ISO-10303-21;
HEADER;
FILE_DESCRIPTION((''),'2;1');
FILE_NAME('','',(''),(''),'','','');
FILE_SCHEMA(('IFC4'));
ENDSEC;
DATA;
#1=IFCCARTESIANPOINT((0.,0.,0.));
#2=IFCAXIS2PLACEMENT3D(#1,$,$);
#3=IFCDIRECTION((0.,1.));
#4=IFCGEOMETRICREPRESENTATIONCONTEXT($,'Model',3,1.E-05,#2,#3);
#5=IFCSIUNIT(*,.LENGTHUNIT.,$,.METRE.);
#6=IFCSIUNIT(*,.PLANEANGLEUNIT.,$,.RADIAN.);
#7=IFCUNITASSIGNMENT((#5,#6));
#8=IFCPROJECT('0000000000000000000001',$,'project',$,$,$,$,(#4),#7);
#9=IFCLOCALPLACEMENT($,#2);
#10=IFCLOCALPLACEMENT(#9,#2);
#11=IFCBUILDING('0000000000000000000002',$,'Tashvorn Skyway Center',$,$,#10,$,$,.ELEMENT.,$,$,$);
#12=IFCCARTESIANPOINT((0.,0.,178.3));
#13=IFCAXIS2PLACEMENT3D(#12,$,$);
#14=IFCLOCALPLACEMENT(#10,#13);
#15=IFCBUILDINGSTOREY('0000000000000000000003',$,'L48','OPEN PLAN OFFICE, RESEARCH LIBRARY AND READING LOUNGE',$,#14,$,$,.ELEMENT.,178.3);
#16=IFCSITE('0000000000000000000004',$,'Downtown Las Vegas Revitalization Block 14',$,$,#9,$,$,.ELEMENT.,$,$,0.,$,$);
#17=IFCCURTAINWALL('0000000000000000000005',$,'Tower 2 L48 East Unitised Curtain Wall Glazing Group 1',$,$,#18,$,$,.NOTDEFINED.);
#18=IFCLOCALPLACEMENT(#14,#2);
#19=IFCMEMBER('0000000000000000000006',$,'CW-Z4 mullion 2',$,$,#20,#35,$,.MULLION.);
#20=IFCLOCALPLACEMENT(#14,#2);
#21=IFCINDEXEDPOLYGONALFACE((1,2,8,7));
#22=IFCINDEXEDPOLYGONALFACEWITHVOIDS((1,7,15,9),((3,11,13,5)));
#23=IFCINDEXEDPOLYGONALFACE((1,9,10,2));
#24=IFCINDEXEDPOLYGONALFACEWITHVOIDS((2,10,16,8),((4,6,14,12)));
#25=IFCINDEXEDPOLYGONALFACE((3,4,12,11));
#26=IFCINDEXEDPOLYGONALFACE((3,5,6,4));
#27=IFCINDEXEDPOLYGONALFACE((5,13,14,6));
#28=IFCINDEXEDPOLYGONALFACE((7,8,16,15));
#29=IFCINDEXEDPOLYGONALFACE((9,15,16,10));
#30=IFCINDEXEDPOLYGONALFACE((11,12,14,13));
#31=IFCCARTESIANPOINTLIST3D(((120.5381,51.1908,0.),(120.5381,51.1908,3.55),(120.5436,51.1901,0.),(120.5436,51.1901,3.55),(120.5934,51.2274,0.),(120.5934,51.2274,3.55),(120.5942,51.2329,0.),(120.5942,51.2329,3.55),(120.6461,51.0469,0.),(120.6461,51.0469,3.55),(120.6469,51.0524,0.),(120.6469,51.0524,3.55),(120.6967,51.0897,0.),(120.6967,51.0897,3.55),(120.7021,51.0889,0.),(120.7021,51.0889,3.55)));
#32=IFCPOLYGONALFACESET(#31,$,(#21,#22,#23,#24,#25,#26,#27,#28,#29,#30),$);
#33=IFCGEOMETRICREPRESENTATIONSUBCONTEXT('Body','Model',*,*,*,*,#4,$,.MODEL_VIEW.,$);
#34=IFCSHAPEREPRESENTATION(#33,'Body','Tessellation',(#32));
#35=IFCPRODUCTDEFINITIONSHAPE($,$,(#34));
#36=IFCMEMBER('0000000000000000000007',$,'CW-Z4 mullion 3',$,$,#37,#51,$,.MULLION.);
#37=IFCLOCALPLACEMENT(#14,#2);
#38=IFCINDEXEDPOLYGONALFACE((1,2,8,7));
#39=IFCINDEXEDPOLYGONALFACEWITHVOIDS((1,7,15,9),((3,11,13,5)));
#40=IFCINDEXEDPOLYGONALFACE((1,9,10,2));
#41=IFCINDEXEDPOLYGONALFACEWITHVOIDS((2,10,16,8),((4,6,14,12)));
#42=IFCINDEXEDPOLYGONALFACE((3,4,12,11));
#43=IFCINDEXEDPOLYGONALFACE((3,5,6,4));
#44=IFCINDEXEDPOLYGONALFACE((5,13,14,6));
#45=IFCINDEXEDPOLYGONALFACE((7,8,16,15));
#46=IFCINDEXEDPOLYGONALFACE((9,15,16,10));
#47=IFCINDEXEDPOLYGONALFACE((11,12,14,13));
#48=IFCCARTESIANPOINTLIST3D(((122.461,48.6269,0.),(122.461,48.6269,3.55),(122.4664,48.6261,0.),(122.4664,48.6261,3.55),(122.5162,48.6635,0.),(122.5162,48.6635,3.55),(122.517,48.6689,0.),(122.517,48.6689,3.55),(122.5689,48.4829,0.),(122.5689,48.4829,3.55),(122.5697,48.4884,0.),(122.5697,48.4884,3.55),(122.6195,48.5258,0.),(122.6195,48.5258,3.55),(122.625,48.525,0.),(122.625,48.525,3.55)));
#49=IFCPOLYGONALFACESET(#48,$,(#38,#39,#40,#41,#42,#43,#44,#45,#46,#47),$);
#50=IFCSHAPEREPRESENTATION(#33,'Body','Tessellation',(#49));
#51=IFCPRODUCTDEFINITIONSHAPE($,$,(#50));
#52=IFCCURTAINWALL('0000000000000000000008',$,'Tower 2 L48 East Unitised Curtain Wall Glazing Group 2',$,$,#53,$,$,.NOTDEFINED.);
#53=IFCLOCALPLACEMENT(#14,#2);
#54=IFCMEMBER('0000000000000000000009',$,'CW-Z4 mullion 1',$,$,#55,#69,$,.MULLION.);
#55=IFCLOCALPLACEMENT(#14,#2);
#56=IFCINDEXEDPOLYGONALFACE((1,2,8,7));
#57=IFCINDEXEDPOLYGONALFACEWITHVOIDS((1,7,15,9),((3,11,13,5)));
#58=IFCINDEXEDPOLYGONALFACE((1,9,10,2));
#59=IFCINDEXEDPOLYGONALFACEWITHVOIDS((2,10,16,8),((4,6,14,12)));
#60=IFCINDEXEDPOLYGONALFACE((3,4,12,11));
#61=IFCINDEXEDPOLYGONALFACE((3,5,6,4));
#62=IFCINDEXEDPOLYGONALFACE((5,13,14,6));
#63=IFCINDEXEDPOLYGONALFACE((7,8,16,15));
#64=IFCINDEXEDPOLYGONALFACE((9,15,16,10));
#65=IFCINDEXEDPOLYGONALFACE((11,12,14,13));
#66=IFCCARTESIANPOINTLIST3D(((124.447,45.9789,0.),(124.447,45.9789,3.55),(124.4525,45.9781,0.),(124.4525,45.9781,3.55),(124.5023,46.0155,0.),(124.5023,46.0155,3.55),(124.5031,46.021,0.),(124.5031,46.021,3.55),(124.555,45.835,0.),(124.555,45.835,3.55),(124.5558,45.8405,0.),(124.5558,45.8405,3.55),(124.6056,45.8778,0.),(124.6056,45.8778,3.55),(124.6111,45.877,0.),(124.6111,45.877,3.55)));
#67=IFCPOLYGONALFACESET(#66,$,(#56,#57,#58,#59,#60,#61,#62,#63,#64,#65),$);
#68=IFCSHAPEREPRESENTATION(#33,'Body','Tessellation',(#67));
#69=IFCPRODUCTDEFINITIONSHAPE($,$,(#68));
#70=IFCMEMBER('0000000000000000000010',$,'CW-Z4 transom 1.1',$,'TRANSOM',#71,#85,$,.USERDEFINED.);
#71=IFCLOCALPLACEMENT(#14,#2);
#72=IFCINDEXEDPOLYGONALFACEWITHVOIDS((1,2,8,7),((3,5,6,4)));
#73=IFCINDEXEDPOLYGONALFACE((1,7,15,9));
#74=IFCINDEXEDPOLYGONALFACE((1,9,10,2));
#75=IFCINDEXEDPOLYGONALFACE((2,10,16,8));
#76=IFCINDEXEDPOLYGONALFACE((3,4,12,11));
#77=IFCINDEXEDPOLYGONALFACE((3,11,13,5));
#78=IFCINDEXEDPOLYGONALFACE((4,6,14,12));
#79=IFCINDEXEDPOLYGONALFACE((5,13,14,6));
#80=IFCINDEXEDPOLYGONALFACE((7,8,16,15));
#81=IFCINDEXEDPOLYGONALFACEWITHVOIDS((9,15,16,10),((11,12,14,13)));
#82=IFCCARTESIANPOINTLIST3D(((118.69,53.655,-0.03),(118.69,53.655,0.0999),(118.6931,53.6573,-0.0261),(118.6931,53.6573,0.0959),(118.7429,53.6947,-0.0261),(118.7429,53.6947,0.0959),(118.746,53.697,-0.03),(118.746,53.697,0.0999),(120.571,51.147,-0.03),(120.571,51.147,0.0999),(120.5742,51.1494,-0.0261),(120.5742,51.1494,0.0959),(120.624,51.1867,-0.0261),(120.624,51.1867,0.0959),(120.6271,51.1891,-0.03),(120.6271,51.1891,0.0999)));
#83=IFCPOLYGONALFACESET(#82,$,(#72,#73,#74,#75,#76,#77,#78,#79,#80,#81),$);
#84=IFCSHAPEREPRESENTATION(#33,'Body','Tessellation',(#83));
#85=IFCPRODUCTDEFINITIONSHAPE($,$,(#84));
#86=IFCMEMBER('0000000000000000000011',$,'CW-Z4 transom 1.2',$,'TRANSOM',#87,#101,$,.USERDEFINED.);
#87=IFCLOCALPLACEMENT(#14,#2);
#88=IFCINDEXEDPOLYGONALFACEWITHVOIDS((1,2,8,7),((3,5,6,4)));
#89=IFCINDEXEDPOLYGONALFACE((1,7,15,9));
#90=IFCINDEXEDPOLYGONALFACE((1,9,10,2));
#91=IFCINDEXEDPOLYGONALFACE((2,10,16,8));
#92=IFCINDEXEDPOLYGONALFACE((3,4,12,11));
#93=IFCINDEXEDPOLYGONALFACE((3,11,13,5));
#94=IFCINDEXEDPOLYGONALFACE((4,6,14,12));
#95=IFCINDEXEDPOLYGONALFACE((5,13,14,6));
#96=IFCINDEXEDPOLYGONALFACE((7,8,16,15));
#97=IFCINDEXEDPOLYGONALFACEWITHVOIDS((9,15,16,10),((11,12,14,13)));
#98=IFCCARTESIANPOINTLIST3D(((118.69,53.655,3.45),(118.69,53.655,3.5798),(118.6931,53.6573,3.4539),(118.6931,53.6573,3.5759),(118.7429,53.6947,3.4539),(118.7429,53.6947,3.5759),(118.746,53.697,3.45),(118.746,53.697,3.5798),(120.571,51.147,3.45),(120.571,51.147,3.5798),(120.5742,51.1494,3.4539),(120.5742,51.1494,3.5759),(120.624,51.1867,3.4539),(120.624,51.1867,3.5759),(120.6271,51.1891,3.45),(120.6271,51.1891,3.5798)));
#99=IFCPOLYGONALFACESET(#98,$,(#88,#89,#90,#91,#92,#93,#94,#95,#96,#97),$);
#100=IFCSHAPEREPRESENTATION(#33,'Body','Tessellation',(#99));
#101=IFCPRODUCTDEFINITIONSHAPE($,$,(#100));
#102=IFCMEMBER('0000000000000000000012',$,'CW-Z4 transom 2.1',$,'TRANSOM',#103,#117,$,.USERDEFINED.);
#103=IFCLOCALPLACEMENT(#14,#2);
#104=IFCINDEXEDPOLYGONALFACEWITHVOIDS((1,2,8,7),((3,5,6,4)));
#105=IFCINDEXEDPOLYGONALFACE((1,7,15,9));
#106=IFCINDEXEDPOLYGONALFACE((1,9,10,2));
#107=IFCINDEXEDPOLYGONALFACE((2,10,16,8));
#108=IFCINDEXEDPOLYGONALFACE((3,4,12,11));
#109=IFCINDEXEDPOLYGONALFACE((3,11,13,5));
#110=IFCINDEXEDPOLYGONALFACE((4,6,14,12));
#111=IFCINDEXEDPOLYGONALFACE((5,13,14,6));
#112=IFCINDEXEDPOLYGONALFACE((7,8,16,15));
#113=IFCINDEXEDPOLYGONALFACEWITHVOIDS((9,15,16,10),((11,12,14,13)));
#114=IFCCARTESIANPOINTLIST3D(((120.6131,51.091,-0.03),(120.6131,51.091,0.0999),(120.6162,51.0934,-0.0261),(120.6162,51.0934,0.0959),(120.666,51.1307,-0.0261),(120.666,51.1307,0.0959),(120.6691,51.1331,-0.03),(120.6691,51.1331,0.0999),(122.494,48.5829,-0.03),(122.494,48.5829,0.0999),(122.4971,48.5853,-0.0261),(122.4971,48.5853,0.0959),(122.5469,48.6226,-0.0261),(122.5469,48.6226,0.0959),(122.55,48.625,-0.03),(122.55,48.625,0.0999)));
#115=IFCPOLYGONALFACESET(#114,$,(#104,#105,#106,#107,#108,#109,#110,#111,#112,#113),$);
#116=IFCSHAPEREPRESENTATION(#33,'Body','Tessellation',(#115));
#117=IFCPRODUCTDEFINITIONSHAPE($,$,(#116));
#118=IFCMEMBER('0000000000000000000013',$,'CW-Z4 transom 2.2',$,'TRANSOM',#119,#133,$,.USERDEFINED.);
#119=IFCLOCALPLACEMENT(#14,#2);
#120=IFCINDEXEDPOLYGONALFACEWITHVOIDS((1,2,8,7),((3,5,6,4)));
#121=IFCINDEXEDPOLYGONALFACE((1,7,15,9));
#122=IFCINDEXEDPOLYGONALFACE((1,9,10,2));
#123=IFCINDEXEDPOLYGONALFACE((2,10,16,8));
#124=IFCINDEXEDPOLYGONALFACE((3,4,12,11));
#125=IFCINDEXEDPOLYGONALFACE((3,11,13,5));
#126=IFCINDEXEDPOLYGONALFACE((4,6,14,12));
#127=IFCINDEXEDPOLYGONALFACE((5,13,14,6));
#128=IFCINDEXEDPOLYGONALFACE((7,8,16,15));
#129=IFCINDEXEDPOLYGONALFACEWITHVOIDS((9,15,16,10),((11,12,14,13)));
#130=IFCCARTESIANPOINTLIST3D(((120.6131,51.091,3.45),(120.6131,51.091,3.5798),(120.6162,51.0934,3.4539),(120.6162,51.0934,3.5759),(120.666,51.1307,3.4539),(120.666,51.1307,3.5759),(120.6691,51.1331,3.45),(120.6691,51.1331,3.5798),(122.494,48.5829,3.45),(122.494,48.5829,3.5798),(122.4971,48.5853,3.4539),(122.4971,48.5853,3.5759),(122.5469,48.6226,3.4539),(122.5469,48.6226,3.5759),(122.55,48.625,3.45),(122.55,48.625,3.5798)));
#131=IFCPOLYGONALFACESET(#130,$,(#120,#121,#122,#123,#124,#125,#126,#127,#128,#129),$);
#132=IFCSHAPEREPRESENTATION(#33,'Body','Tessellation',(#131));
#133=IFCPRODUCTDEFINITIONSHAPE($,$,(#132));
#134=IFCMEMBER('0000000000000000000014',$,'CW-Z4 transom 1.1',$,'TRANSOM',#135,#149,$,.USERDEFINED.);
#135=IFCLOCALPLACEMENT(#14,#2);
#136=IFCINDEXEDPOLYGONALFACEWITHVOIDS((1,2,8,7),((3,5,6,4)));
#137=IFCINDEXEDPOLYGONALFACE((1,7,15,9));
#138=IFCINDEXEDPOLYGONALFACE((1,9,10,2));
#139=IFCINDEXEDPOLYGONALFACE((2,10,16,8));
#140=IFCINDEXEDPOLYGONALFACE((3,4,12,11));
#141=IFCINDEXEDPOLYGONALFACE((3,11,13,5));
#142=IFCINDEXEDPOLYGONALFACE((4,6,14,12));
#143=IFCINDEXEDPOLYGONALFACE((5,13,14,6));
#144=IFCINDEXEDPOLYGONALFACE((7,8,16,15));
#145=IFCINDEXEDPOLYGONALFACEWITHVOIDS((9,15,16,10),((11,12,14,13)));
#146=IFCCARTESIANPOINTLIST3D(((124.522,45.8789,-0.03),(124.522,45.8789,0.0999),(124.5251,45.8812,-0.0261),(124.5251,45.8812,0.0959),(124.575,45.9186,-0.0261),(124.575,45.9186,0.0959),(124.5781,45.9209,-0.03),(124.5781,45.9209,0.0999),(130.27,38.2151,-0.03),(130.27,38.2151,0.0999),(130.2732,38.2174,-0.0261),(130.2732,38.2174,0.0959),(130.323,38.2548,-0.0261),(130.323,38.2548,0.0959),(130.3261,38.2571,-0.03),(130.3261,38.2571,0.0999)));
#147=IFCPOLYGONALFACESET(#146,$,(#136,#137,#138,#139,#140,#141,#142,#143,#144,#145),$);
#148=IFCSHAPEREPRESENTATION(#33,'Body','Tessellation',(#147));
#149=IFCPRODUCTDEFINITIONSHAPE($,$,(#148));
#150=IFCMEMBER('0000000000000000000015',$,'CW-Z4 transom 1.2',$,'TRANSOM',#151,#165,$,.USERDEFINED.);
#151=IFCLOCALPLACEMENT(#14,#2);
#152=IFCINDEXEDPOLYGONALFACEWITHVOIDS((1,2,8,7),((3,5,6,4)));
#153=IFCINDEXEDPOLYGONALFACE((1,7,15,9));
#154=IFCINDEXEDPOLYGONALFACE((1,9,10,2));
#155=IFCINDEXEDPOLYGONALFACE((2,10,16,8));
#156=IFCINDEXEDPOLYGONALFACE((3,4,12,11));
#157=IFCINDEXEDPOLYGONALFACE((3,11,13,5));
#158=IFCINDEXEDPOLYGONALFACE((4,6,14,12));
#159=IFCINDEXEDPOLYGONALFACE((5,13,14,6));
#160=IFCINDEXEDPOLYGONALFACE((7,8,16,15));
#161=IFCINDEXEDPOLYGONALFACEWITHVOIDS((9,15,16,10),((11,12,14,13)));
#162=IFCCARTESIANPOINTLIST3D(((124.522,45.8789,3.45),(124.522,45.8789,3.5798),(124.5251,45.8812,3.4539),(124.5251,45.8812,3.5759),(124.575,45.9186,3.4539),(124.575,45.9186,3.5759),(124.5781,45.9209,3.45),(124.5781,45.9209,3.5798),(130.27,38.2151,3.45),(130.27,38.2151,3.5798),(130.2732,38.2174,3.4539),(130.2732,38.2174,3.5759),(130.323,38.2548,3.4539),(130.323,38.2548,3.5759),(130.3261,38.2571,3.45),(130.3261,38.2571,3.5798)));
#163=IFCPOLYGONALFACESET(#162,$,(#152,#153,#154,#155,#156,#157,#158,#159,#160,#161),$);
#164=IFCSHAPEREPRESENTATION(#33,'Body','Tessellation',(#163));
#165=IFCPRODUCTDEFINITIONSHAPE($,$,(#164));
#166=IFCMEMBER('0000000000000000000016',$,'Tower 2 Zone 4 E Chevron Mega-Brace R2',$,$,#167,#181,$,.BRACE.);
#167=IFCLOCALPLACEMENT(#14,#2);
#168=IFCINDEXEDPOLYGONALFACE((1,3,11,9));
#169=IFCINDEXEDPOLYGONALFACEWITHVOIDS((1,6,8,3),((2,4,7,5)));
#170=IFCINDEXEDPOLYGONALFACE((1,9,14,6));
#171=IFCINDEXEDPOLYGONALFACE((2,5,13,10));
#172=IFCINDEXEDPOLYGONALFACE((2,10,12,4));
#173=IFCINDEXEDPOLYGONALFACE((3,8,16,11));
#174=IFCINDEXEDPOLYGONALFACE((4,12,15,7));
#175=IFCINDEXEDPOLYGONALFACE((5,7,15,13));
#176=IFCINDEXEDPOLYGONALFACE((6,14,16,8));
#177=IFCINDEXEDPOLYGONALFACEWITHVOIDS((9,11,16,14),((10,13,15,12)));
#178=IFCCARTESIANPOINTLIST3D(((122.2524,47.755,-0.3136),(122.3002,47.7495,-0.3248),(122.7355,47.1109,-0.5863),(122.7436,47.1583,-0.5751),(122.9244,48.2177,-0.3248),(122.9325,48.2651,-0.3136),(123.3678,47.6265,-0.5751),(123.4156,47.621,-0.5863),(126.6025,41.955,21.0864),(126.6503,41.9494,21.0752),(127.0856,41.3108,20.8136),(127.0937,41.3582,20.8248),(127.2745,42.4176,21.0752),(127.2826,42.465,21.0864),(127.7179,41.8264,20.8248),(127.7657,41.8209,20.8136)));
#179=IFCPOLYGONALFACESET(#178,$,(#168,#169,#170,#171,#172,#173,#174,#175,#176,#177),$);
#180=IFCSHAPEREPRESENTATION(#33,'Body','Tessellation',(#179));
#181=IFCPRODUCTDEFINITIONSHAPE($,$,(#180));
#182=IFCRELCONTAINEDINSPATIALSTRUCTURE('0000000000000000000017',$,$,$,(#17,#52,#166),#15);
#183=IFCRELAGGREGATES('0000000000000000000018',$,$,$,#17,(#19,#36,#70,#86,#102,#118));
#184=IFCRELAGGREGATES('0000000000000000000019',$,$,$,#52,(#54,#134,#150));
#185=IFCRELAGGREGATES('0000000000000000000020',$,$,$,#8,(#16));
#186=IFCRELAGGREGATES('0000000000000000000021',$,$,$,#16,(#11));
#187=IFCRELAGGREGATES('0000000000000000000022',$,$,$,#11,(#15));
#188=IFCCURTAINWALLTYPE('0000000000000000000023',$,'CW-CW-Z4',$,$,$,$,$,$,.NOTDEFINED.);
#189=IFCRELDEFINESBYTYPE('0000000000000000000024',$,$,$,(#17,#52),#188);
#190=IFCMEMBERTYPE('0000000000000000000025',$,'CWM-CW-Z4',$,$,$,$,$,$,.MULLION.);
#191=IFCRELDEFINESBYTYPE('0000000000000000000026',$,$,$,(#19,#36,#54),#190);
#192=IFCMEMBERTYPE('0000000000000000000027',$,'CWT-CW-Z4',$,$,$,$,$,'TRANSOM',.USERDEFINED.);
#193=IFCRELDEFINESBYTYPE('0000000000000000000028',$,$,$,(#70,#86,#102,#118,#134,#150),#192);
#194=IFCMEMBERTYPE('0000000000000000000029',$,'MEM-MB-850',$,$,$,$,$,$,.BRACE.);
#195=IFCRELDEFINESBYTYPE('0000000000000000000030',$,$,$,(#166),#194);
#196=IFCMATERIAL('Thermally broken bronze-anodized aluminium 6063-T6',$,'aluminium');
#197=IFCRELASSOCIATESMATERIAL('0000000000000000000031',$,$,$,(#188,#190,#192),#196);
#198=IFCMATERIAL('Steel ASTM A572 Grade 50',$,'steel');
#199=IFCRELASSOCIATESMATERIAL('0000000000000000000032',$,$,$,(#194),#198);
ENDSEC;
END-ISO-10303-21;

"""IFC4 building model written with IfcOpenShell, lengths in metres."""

from ifc_helpers import new_model, si_unit, direction, frame, origin, origin_2d, place, context, subcontext, project, spatial, hollow_rectangle, extrude, material, material_profile, profile_set, type_object, element, aggregate, save


model = new_model("IFC4")

# Units and contexts
model_context = context("Model", 3, precision=1e-05, world=origin(), true_north=direction((0.0, 1.0)))
body_context = subcontext(model_context, "Body", "Model", "MODEL_VIEW")
ifc_project = project(units=[si_unit("LENGTHUNIT", "METRE"), si_unit("PLANEANGLEUNIT", "RADIAN")], contexts=[model_context])

# Site, building, storey
site_placement = place(None, origin())
site = spatial("IfcSite", under=ifc_project, at=site_placement, Name="Downtown Las Vegas Revitalization Block 14", CompositionType="ELEMENT", RefElevation=0.0)
building_placement = place(site_placement, origin())
building = spatial("IfcBuilding", under=site, at=building_placement, Name="Tashvorn Skyway Center", CompositionType="ELEMENT")
storey_placement = place(building_placement, frame((0.0, 0.0, 178.3)))
storey = spatial("IfcBuildingStorey", under=building, at=storey_placement, Name="L48", Description="OPEN PLAN OFFICE, RESEARCH LIBRARY AND READING LOUNGE", CompositionType="ELEMENT", Elevation=178.3)

# Shared definitions
ifc_material_1 = material(Name="Steel ASTM A572 Grade 50", Category="steel")

# Shared definitions
ifc_material_2 = material(Name="Thermally broken bronze-anodized aluminium 6063-T6", Category="aluminium")
curtain_wall_type = type_object("IfcCurtainWallType", Name="CW-CW-Z4", PredefinedType="NOTDEFINED", material=ifc_material_2)
ifc_material_profile_1 = material_profile(ifc_material_2, hollow_rectangle(XDim=0.0701, YDim=0.1799, WallThickness=0.0039, at=origin_2d()), Name="ALU-MULL-70x180")
ifc_profile_set_1 = profile_set([ifc_material_profile_1], Name="Thermally broken bronze-anodized aluminium 6063-T6")
member_type_1 = type_object("IfcMemberType", Name="CWM-CW-Z4", PredefinedType="MULLION", material=ifc_profile_set_1)

# Curtain wall, members
curtain_wall_1_placement = place(storey_placement, origin())
curtain_wall_1 = element("IfcCurtainWall", 1, at=curtain_wall_1_placement, inside=storey, type_object=curtain_wall_type, Name="Tower 2 L48 East Unitised Curtain Wall Glazing Group 1", PredefinedType="NOTDEFINED")
member_1_placement = place(storey_placement, frame((120.6201, 51.1399, 0.0), z_axis=(0.0, 0.0, 1.0), x_axis=(0.8, 0.6, 0.0)))
member_1 = element("IfcMember", 2, at=member_1_placement, type_object=member_type_1, Name="CW-Z4 mullion 2", PredefinedType="MULLION", context=body_context, shape_type="SweptSolid", body=[
    extrude(hollow_rectangle(XDim=0.0701, YDim=0.1799, WallThickness=0.0039, at=origin_2d()), origin(), (0.0, 0.0, 1.0), 3.55),
])
member_2_placement = place(storey_placement, frame((122.543, 48.5759, 0.0), z_axis=(0.0, 0.0, 1.0), x_axis=(0.8, 0.6, 0.0)))
member_2 = element("IfcMember", 3, at=member_2_placement, type_object=member_type_1, Name="CW-Z4 mullion 3", PredefinedType="MULLION", context=body_context, shape_type="SweptSolid", body=[
    extrude(hollow_rectangle(XDim=0.0701, YDim=0.1799, WallThickness=0.0039, at=origin_2d()), origin(), (0.0, 0.0, 1.0), 3.55),
])

# Curtain wall, member
curtain_wall_2_placement = place(storey_placement, origin())
curtain_wall_2 = element("IfcCurtainWall", 4, at=curtain_wall_2_placement, inside=storey, type_object=curtain_wall_type, Name="Tower 2 L48 East Unitised Curtain Wall Glazing Group 2", PredefinedType="NOTDEFINED")
member_3_placement = place(storey_placement, frame((124.5291, 45.928, 0.0), z_axis=(0.0, 0.0, 1.0), x_axis=(0.8, 0.6, 0.0)))
member_3 = element("IfcMember", 5, at=member_3_placement, type_object=member_type_1, Name="CW-Z4 mullion 1", PredefinedType="MULLION", context=body_context, shape_type="SweptSolid", body=[
    extrude(hollow_rectangle(XDim=0.0701, YDim=0.1799, WallThickness=0.0039, at=origin_2d()), origin(), (0.0, 0.0, 1.0), 3.55),
])

# Members
ifc_material_profile_2 = material_profile(ifc_material_2, hollow_rectangle(XDim=0.0701, YDim=0.1299, WallThickness=0.0039, at=origin_2d()), Name="ALU-TRAN-70x130")
ifc_profile_set_2 = profile_set([ifc_material_profile_2], Name="Thermally broken bronze-anodized aluminium 6063-T6")
member_type_2 = type_object("IfcMemberType", Name="CWT-CW-Z4", ElementType="TRANSOM", PredefinedType="USERDEFINED", material=ifc_profile_set_2)
member_4_placement = place(storey_placement, frame((118.718, 53.676, 0.0349), z_axis=(0.600012, -0.799991, 0.0), x_axis=(0.799991, 0.600012, 0.0)))
member_4 = element("IfcMember", 6, at=member_4_placement, type_object=member_type_2, Name="CW-Z4 transom 1.1", ObjectType="TRANSOM", PredefinedType="USERDEFINED", context=body_context, shape_type="SweptSolid", body=[
    extrude(hollow_rectangle(XDim=0.0701, YDim=0.1299, WallThickness=0.0039, at=origin_2d()), origin(), (0.0, 0.0, 1.0), 3.135),
])
member_5_placement = place(storey_placement, frame((118.718, 53.676, 3.5149), z_axis=(0.600012, -0.799991, 0.0), x_axis=(0.799991, 0.600012, 0.0)))
member_5 = element("IfcMember", 7, at=member_5_placement, type_object=member_type_2, Name="CW-Z4 transom 1.2", ObjectType="TRANSOM", PredefinedType="USERDEFINED", context=body_context, shape_type="SweptSolid", body=[
    extrude(hollow_rectangle(XDim=0.0701, YDim=0.1299, WallThickness=0.0039, at=origin_2d()), origin(), (0.0, 0.0, 1.0), 3.135),
])
member_6_placement = place(storey_placement, frame((120.6411, 51.1121, 0.0349), z_axis=(0.599963, -0.800028, 0.0), x_axis=(0.800028, 0.599963, 0.0)))
member_6 = element("IfcMember", 8, at=member_6_placement, type_object=member_type_2, Name="CW-Z4 transom 2.1", ObjectType="TRANSOM", PredefinedType="USERDEFINED", context=body_context, shape_type="SweptSolid", body=[
    extrude(hollow_rectangle(XDim=0.0701, YDim=0.1299, WallThickness=0.0039, at=origin_2d()), origin(), (0.0, 0.0, 1.0), 3.135),
])
member_7_placement = place(storey_placement, frame((120.6411, 51.1121, 3.5149), z_axis=(0.599963, -0.800028, 0.0), x_axis=(0.800028, 0.599963, 0.0)))
member_7 = element("IfcMember", 9, at=member_7_placement, type_object=member_type_2, Name="CW-Z4 transom 2.2", ObjectType="TRANSOM", PredefinedType="USERDEFINED", context=body_context, shape_type="SweptSolid", body=[
    extrude(hollow_rectangle(XDim=0.0701, YDim=0.1299, WallThickness=0.0039, at=origin_2d()), origin(), (0.0, 0.0, 1.0), 3.135),
])
member_8_placement = place(storey_placement, frame((124.55, 45.8999, 0.0349), z_axis=(0.600012, -0.799991, 0.0), x_axis=(0.799991, 0.600012, 0.0)))
member_8 = element("IfcMember", 10, at=member_8_placement, type_object=member_type_2, Name="CW-Z4 transom 1.1", ObjectType="TRANSOM", PredefinedType="USERDEFINED", context=body_context, shape_type="SweptSolid", body=[
    extrude(hollow_rectangle(XDim=0.0701, YDim=0.1299, WallThickness=0.0039, at=origin_2d()), origin(), (0.0, 0.0, 1.0), 9.5798),
])
member_9_placement = place(storey_placement, frame((124.55, 45.8999, 3.5149), z_axis=(0.600012, -0.799991, 0.0), x_axis=(0.799991, 0.600012, 0.0)))
member_9 = element("IfcMember", 11, at=member_9_placement, type_object=member_type_2, Name="CW-Z4 transom 1.2", ObjectType="TRANSOM", PredefinedType="USERDEFINED", context=body_context, shape_type="SweptSolid", body=[
    extrude(hollow_rectangle(XDim=0.0701, YDim=0.1299, WallThickness=0.0039, at=origin_2d()), origin(), (0.0, 0.0, 1.0), 9.5798),
])
ifc_material_profile_3 = material_profile(ifc_material_1, hollow_rectangle(XDim=0.8501, YDim=0.8501, WallThickness=0.0349, at=origin_2d()), Name="BOX850x850x35")
ifc_profile_set_3 = profile_set([ifc_material_profile_3], Name="Steel ASTM A572 Grade 50")
member_type_3 = type_object("IfcMemberType", Name="MEM-MB-850", PredefinedType="BRACE", material=ifc_profile_set_3)
member_10_placement = place(storey_placement, frame((122.834, 47.688, -0.45), z_axis=(0.192527, -0.2567, 0.947121), x_axis=(0.799996, 0.600005, 0.0)))
element("IfcMember", 12, at=member_10_placement, inside=storey, type_object=member_type_3, Name="Tower 2 Zone 4 E Chevron Mega-Brace R2", PredefinedType="BRACE", context=body_context, shape_type="SweptSolid", body=[
    extrude(hollow_rectangle(XDim=0.8501, YDim=0.8501, WallThickness=0.0349, at=origin_2d()), origin(), (0.0, 0.0, 1.0), 22.5947),
])

aggregate(curtain_wall_1, [member_1, member_2, member_4, member_5, member_6, member_7])
aggregate(curtain_wall_2, [member_3, member_8, member_9])

save(model, "model.ifc")
